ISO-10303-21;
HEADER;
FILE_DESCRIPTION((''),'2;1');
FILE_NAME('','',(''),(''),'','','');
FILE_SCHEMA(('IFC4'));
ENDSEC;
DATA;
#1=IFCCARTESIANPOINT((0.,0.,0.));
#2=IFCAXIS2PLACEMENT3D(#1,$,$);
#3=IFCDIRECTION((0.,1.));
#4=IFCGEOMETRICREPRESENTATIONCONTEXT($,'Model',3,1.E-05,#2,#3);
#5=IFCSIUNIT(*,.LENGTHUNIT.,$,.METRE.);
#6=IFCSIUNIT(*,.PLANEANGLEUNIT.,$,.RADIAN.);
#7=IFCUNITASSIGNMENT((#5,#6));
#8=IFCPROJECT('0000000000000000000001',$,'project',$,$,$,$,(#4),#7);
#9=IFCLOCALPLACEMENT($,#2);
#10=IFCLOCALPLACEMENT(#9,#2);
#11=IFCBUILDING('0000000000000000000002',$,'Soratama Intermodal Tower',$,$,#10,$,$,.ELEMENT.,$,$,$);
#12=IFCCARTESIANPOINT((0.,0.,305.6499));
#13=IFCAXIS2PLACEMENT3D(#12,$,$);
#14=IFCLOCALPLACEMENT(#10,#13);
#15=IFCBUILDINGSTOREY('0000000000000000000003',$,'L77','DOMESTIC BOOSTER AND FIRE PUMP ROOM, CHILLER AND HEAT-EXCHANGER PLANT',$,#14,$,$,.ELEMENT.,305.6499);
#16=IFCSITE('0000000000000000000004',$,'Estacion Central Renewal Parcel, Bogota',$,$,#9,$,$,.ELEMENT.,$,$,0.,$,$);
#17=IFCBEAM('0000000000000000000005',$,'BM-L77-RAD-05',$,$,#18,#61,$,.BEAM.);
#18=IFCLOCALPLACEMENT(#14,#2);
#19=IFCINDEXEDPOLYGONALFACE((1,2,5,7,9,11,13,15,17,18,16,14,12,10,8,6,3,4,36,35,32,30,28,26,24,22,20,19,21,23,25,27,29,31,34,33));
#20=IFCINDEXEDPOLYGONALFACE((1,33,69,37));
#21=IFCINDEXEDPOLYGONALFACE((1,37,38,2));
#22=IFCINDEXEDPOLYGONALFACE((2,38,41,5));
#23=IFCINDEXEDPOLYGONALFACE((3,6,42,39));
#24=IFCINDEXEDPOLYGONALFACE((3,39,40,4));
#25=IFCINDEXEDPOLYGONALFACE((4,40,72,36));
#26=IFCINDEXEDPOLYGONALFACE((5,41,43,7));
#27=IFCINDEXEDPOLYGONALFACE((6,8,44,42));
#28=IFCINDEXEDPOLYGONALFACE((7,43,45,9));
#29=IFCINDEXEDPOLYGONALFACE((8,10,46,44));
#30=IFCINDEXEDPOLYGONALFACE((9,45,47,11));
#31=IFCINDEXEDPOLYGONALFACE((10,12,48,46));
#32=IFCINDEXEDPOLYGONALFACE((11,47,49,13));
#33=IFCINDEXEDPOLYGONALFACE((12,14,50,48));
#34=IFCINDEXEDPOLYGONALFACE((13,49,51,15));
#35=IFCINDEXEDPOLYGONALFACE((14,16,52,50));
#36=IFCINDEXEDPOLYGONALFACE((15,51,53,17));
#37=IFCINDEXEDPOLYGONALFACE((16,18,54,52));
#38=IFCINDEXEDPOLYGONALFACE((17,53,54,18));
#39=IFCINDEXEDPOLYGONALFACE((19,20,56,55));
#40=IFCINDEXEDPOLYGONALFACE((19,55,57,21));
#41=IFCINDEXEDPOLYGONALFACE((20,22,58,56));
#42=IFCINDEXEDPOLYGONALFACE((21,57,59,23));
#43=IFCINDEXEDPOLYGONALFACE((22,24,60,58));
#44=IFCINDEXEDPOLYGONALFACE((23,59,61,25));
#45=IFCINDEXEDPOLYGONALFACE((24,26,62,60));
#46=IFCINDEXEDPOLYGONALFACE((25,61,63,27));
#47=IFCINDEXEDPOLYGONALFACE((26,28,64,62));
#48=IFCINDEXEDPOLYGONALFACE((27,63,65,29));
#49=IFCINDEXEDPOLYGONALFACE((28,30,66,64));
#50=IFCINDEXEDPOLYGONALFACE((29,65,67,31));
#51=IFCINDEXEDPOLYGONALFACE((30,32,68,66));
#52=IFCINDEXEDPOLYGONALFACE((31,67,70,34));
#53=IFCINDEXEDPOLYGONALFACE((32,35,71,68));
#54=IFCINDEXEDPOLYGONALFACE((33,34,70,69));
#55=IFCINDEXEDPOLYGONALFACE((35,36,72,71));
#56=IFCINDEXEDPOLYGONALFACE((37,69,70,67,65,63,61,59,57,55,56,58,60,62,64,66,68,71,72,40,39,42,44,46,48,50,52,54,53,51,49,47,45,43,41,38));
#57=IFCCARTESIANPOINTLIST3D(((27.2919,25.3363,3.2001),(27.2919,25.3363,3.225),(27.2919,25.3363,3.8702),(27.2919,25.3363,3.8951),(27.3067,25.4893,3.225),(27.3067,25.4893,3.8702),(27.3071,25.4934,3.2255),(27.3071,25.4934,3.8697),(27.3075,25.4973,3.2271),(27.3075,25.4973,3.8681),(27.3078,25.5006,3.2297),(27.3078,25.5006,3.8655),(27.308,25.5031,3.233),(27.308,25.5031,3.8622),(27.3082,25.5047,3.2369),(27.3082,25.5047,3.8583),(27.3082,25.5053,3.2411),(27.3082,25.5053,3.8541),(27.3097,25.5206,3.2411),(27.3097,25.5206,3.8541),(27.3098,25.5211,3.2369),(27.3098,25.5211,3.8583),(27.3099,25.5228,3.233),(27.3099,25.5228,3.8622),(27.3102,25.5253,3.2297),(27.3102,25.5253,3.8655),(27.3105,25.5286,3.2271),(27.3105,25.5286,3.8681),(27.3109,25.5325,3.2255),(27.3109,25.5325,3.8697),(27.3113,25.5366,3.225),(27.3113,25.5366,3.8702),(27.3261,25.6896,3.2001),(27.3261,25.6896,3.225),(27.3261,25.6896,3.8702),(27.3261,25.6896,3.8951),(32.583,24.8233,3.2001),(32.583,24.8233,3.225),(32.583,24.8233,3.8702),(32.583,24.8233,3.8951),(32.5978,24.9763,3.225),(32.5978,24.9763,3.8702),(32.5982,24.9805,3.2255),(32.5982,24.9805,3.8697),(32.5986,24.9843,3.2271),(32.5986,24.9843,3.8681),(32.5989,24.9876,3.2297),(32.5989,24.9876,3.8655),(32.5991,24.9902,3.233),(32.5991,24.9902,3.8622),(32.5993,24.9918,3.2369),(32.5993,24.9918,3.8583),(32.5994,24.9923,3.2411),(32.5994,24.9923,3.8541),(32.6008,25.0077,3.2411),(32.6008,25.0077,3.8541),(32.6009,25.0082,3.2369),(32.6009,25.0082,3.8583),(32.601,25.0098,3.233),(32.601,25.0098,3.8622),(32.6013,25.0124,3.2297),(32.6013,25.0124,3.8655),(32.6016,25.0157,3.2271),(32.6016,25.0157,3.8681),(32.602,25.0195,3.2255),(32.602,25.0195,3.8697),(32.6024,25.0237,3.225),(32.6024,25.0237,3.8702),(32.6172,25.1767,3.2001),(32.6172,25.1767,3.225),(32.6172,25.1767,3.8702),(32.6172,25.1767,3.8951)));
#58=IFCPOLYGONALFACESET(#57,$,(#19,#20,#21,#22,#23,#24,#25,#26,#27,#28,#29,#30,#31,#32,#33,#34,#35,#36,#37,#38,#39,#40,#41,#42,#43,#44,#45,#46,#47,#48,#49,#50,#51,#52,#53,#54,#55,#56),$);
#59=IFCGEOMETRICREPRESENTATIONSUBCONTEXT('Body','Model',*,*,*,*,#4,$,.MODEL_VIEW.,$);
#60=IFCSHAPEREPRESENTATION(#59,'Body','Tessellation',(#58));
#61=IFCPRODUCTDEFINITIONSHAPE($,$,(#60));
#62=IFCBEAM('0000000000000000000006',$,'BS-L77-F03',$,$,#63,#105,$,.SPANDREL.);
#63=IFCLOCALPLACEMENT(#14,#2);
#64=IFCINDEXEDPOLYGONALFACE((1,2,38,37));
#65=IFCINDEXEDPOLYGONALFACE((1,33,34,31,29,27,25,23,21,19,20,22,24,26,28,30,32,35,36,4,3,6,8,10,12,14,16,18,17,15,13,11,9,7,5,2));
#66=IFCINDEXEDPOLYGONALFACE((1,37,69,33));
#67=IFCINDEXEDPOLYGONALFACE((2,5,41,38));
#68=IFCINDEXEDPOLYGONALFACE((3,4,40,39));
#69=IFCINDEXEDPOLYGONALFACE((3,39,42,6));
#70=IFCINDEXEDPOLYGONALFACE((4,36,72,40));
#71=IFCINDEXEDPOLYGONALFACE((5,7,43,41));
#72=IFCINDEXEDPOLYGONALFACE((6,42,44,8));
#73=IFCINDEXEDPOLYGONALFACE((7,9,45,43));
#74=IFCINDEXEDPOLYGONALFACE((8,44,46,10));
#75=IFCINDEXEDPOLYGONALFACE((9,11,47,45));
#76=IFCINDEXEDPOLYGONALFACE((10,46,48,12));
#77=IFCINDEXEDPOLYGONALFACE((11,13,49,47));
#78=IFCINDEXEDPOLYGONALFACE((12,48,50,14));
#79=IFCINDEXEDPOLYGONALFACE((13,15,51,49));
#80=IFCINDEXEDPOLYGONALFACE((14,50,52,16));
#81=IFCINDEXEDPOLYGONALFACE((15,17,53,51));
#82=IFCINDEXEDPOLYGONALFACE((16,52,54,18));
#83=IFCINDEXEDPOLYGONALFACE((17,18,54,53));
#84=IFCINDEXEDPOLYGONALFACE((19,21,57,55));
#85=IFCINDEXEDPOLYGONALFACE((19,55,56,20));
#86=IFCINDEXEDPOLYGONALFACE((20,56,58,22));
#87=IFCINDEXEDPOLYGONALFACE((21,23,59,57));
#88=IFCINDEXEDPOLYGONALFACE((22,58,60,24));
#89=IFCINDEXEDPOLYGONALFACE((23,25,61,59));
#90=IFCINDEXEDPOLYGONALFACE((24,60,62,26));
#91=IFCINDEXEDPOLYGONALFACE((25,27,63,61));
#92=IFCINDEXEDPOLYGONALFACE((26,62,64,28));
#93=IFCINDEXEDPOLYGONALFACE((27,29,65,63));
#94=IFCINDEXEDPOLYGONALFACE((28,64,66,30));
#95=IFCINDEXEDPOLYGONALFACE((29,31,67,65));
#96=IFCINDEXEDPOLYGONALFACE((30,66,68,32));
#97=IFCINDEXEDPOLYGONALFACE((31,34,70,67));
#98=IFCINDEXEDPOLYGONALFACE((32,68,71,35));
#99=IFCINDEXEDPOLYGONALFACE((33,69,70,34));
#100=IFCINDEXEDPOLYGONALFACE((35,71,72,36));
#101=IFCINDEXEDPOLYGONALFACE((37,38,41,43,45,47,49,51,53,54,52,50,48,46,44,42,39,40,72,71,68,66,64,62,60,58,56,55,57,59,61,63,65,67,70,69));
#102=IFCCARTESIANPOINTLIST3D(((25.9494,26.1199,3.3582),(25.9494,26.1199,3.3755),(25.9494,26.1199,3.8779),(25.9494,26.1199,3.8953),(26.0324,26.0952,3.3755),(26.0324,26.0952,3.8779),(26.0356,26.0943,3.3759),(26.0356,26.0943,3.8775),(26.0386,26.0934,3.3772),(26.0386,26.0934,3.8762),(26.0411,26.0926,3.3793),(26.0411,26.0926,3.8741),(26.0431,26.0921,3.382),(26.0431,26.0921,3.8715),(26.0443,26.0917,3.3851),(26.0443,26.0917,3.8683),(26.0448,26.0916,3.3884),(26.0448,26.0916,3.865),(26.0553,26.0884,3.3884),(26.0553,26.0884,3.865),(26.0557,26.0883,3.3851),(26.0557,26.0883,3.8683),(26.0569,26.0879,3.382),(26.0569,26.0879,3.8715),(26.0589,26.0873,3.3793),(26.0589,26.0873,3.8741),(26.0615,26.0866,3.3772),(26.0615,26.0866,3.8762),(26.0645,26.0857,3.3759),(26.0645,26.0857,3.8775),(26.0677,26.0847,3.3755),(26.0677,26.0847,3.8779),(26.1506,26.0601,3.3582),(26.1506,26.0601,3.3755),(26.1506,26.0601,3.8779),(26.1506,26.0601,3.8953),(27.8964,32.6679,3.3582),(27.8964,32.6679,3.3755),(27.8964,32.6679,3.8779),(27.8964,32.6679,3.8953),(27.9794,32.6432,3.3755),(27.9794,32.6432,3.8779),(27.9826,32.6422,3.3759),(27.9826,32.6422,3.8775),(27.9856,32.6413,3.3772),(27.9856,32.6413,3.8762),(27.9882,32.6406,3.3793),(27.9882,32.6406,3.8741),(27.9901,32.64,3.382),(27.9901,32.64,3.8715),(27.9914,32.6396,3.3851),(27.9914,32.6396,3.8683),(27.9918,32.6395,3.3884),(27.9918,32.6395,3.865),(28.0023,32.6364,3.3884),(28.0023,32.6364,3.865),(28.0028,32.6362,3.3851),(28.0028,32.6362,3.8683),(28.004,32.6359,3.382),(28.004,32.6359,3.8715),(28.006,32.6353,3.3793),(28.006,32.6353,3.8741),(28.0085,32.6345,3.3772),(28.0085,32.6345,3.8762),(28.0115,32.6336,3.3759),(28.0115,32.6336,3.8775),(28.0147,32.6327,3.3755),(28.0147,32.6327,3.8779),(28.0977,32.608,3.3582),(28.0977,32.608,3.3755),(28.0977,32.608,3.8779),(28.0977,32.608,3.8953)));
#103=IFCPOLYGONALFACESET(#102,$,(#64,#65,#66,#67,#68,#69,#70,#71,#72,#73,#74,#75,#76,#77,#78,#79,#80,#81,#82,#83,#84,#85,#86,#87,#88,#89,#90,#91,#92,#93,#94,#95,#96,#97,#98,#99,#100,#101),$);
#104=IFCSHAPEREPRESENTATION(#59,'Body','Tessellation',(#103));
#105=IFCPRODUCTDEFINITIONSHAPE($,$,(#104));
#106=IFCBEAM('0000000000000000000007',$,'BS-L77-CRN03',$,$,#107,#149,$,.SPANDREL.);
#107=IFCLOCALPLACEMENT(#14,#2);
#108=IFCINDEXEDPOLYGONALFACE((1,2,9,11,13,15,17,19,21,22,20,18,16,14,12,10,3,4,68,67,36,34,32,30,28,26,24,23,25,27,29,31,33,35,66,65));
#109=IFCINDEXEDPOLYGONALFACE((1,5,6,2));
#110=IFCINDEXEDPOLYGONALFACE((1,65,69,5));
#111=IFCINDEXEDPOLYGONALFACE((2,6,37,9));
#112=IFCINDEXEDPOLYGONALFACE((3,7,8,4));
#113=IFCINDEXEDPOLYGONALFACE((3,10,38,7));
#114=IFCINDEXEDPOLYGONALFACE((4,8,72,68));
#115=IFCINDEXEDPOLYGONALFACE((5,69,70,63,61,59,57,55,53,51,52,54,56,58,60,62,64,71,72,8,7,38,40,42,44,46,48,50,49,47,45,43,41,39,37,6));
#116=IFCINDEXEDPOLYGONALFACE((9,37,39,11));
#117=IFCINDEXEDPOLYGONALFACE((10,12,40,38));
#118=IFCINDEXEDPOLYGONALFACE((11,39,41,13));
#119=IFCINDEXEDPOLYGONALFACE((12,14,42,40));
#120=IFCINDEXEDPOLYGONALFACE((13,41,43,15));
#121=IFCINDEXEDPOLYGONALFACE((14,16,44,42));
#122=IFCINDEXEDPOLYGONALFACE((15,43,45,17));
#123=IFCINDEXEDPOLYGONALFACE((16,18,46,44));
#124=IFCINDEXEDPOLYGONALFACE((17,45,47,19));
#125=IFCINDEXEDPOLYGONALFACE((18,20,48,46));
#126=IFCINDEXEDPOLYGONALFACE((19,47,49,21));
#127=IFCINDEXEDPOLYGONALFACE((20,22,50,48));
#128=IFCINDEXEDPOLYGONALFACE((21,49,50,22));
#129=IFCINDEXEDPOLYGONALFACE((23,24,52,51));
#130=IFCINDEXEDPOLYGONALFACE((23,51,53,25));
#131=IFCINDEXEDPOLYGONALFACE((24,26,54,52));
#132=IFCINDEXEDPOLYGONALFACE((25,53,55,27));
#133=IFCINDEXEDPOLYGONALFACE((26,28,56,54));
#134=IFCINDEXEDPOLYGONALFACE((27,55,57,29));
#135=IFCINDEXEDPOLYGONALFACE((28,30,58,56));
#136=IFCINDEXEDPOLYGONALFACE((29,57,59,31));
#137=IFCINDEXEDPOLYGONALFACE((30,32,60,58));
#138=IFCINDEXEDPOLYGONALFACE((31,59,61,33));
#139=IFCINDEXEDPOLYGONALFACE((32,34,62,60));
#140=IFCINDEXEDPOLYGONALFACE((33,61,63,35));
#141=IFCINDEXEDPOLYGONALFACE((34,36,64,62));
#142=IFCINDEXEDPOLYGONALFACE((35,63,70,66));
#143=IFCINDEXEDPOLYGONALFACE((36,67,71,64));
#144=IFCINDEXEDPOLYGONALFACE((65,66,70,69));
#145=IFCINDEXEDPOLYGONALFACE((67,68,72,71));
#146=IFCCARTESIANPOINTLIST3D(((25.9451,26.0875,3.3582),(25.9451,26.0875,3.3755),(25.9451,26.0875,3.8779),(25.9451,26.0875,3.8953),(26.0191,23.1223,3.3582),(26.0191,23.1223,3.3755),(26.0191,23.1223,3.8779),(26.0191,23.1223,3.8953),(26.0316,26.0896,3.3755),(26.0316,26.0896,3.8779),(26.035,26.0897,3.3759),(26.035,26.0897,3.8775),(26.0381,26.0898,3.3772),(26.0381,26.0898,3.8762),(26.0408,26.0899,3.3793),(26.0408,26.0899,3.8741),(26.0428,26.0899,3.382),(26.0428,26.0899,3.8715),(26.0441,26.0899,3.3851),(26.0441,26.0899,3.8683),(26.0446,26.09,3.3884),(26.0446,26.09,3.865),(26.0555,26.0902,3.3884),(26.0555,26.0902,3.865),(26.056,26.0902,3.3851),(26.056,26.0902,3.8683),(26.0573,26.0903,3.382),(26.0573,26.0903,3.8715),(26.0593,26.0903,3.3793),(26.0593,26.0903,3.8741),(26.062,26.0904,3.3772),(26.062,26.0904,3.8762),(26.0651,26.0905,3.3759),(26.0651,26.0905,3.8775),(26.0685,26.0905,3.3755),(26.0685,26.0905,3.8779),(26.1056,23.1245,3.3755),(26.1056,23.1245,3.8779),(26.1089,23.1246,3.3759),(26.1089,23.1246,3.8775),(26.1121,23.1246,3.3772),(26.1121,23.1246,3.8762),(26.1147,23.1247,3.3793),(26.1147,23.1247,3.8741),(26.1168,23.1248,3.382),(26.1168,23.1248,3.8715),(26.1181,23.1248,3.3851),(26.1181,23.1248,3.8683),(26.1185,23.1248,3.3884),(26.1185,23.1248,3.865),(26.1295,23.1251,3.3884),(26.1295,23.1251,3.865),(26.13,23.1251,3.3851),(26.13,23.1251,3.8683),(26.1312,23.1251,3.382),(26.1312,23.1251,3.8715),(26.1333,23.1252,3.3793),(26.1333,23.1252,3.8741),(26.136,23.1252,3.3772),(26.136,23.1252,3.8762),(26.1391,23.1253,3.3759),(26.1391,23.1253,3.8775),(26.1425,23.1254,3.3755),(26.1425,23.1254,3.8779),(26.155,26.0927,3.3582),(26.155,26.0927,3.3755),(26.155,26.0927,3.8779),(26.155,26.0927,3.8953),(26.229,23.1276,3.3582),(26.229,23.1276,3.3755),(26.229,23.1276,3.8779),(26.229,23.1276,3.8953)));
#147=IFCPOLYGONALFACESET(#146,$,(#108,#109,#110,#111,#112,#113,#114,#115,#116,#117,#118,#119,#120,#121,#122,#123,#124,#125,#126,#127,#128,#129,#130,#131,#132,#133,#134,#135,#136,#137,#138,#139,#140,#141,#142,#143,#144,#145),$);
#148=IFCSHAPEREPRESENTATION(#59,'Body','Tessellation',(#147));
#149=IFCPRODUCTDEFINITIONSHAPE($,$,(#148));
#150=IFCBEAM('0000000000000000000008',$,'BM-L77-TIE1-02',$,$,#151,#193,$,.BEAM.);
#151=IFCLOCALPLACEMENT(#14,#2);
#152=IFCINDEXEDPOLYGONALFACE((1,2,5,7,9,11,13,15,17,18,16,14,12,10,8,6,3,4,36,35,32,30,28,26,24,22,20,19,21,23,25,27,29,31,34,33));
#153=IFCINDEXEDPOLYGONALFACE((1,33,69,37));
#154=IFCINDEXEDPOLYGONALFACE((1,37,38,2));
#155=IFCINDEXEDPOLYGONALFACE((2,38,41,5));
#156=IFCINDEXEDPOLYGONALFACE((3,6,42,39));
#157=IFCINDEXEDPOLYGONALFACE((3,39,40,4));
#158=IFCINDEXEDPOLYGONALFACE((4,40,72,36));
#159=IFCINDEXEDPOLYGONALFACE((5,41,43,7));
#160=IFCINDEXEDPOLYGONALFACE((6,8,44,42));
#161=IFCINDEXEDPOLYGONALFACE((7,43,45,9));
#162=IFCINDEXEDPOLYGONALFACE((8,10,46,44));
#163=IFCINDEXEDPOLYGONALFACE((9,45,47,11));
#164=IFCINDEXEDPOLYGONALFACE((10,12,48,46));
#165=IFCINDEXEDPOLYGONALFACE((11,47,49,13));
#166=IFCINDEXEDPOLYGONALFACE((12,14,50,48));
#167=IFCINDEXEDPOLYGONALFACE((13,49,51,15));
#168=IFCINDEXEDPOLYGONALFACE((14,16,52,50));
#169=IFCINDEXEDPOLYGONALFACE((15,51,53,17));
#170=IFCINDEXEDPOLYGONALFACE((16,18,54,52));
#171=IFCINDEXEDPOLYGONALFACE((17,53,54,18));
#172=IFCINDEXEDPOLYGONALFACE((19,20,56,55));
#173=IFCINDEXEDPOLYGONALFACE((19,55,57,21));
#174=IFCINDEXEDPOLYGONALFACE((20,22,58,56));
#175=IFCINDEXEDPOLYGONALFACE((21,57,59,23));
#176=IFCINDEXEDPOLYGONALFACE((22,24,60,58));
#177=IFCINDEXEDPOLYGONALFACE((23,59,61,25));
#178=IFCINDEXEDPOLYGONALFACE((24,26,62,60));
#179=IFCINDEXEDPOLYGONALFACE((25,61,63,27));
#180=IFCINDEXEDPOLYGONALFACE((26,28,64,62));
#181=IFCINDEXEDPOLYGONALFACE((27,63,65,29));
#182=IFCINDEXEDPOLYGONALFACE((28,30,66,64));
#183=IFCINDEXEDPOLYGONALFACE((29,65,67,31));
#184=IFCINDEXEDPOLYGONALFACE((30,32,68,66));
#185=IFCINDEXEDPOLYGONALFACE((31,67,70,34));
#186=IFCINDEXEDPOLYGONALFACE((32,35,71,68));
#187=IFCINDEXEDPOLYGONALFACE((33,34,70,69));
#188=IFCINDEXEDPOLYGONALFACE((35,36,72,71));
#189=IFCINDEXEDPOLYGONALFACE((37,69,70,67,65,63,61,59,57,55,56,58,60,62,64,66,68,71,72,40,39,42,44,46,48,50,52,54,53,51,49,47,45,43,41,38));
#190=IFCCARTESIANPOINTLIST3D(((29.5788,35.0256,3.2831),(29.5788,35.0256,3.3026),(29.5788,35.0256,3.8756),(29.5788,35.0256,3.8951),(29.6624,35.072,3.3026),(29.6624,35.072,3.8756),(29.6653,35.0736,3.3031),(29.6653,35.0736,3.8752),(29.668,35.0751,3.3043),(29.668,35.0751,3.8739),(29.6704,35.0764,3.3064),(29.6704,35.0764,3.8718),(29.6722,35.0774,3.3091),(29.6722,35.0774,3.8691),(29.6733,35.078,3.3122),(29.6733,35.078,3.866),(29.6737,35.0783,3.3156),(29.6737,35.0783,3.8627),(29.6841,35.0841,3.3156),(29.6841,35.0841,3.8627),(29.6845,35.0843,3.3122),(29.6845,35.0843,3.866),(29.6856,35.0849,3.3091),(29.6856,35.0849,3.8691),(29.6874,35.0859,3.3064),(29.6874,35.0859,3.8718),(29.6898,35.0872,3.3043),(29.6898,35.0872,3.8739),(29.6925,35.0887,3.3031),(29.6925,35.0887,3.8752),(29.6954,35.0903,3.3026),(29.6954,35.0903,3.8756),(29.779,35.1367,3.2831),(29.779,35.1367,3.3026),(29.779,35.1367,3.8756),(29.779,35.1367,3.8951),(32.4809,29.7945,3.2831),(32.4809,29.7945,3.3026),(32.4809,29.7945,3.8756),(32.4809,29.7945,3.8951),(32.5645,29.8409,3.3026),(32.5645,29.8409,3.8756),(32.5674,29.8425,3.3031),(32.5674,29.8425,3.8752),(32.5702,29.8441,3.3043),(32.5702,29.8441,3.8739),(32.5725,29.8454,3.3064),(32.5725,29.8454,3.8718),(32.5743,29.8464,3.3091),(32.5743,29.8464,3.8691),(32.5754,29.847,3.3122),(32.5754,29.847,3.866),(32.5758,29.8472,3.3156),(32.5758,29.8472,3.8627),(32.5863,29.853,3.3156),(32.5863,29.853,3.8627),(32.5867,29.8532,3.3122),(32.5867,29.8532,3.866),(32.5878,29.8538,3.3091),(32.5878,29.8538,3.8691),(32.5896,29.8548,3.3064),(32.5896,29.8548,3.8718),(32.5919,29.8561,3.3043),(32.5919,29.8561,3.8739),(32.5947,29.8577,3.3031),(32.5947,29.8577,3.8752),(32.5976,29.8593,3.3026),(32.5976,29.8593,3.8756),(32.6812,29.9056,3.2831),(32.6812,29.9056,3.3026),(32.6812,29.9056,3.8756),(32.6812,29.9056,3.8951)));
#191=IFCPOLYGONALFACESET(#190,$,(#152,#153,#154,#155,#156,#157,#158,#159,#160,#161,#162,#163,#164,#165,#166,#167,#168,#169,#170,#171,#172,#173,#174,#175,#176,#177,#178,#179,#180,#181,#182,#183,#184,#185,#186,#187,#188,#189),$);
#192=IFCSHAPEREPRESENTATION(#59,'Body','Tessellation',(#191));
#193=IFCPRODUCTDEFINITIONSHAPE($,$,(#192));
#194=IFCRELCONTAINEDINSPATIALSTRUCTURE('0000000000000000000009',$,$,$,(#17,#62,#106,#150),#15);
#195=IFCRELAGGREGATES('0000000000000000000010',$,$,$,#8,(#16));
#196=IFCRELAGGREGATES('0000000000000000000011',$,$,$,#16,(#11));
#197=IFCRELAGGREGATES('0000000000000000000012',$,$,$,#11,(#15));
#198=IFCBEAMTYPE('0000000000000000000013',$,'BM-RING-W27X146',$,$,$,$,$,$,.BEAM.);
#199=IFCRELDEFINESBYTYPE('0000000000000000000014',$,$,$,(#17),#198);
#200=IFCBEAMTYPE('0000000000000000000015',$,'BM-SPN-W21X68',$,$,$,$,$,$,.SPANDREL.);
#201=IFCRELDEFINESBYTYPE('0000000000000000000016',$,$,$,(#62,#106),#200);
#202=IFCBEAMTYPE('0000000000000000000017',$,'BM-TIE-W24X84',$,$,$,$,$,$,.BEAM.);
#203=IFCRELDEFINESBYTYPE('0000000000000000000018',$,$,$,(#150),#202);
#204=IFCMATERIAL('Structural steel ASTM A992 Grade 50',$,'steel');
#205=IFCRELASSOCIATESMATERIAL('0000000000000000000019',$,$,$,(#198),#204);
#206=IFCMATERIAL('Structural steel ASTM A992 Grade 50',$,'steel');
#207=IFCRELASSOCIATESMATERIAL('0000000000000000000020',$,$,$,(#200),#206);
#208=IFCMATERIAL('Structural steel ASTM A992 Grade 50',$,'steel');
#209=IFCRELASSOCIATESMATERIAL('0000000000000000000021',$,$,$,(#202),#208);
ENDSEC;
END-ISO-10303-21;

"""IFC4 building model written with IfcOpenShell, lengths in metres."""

from ifc_helpers import new_model, si_unit, direction, frame, origin, origin_2d, place, context, subcontext, project, spatial, i_section, extrude, material, material_profile, profile_set, type_object, element, save


model = new_model("IFC4")

# Units and contexts
model_context = context("Model", 3, precision=1e-05, world=origin(), true_north=direction((0.0, 1.0)))
body_context = subcontext(model_context, "Body", "Model", "MODEL_VIEW")
ifc_project = project(units=[si_unit("LENGTHUNIT", "METRE"), si_unit("PLANEANGLEUNIT", "RADIAN")], contexts=[model_context])

# Site, building, storey
site_placement = place(None, origin())
site = spatial("IfcSite", under=ifc_project, at=site_placement, Name="Estacion Central Renewal Parcel, Bogota", CompositionType="ELEMENT", RefElevation=0.0)
building_placement = place(site_placement, origin())
building = spatial("IfcBuilding", under=site, at=building_placement, Name="Soratama Intermodal Tower", CompositionType="ELEMENT")
storey_placement = place(building_placement, frame((0.0, 0.0, 305.6499)))
storey = spatial("IfcBuildingStorey", under=building, at=storey_placement, Name="L77", Description="DOMESTIC BOOSTER AND FIRE PUMP ROOM, CHILLER AND HEAT-EXCHANGER PLANT", CompositionType="ELEMENT", Elevation=305.6499)

# Beams
ifc_material_1 = material(Name="Structural steel ASTM A992 Grade 50", Category="steel")
ifc_material_profile_1 = material_profile(ifc_material_1, i_section(OverallWidth=0.355, OverallDepth=0.6951, WebThickness=0.0154, FlangeThickness=0.0249, FilletRadius=0.0161, at=origin_2d()), Name="W27X146")
ifc_profile_set_1 = profile_set([ifc_material_profile_1], Name="Structural steel ASTM A992 Grade 50")
beam_type_1 = type_object("IfcBeamType", Name="BM-RING-W27X146", PredefinedType="BEAM", material=ifc_profile_set_1)
beam_1_placement = place(storey_placement, frame((32.6001, 25.0, 3.5476), z_axis=(-0.995334, 0.096493, 0.0), x_axis=(-0.096493, -0.995334, 0.0)))
element("IfcBeam", 1, at=beam_1_placement, inside=storey, type_object=beam_type_1, Name="BM-L77-RAD-05", PredefinedType="BEAM", context=body_context, shape_type="SweptSolid", body=[
    extrude(i_section(OverallWidth=0.355, OverallDepth=0.6951, WebThickness=0.0154, FlangeThickness=0.0249, FilletRadius=0.0161, at=origin_2d()), origin(), (0.0, 0.0, 1.0), 5.3159),
])
ifc_material_2 = material(Name="Structural steel ASTM A992 Grade 50", Category="steel")
ifc_material_profile_2 = material_profile(ifc_material_2, i_section(OverallWidth=0.21, OverallDepth=0.5371, WebThickness=0.011, FlangeThickness=0.0173, FilletRadius=0.0129, at=origin_2d()), Name="W21X68")
ifc_profile_set_2 = profile_set([ifc_material_profile_2], Name="Structural steel ASTM A992 Grade 50")
beam_type_2 = type_object("IfcBeamType", Name="BM-SPN-W21X68", PredefinedType="SPANDREL", material=ifc_profile_set_2)
beam_2_placement = place(storey_placement, frame((27.9971, 32.6379, 3.6267), z_axis=(-0.285019, -0.958522, 0.0), x_axis=(0.958522, -0.285019, 0.0)))
element("IfcBeam", 2, at=beam_2_placement, inside=storey, type_object=beam_type_2, Name="BS-L77-F03", PredefinedType="SPANDREL", context=body_context, shape_type="SweptSolid", body=[
    extrude(i_section(OverallWidth=0.21, OverallDepth=0.5371, WebThickness=0.011, FlangeThickness=0.0173, FilletRadius=0.0129, at=origin_2d()), origin(), (0.0, 0.0, 1.0), 6.8313),
])
beam_3_placement = place(storey_placement, frame((26.05, 26.0901, 3.6267), z_axis=(0.024941, -0.999689, 0.0), x_axis=(0.999689, 0.024941, 0.0)))
element("IfcBeam", 3, at=beam_3_placement, inside=storey, type_object=beam_type_2, Name="BS-L77-CRN03", PredefinedType="SPANDREL", context=body_context, shape_type="SweptSolid", body=[
    extrude(i_section(OverallWidth=0.21, OverallDepth=0.5371, WebThickness=0.011, FlangeThickness=0.0173, FilletRadius=0.0129, at=origin_2d()), origin(), (0.0, 0.0, 1.0), 2.9661),
])
ifc_material_3 = material(Name="Structural steel ASTM A992 Grade 50", Category="steel")
ifc_material_profile_3 = material_profile(ifc_material_3, i_section(OverallWidth=0.229, OverallDepth=0.6121, WebThickness=0.012, FlangeThickness=0.0195, FilletRadius=0.0129, at=origin_2d()), Name="W24X84")
ifc_profile_set_3 = profile_set([ifc_material_profile_3], Name="Structural steel ASTM A992 Grade 50")
beam_type_3 = type_object("IfcBeamType", Name="BM-TIE-W24X84", PredefinedType="BEAM", material=ifc_profile_set_3)
beam_4_placement = place(storey_placement, frame((32.5811, 29.8501, 3.5891), z_axis=(-0.485133, 0.87444, 0.0), x_axis=(-0.87444, -0.485133, 0.0)))
element("IfcBeam", 4, at=beam_4_placement, inside=storey, type_object=beam_type_3, Name="BM-L77-TIE1-02", PredefinedType="BEAM", context=body_context, shape_type="SweptSolid", body=[
    extrude(i_section(OverallWidth=0.229, OverallDepth=0.6121, WebThickness=0.012, FlangeThickness=0.0195, FilletRadius=0.0129, at=origin_2d()), origin(), (0.0, 0.0, 1.0), 5.9822),
])

save(model, "model.ifc")
